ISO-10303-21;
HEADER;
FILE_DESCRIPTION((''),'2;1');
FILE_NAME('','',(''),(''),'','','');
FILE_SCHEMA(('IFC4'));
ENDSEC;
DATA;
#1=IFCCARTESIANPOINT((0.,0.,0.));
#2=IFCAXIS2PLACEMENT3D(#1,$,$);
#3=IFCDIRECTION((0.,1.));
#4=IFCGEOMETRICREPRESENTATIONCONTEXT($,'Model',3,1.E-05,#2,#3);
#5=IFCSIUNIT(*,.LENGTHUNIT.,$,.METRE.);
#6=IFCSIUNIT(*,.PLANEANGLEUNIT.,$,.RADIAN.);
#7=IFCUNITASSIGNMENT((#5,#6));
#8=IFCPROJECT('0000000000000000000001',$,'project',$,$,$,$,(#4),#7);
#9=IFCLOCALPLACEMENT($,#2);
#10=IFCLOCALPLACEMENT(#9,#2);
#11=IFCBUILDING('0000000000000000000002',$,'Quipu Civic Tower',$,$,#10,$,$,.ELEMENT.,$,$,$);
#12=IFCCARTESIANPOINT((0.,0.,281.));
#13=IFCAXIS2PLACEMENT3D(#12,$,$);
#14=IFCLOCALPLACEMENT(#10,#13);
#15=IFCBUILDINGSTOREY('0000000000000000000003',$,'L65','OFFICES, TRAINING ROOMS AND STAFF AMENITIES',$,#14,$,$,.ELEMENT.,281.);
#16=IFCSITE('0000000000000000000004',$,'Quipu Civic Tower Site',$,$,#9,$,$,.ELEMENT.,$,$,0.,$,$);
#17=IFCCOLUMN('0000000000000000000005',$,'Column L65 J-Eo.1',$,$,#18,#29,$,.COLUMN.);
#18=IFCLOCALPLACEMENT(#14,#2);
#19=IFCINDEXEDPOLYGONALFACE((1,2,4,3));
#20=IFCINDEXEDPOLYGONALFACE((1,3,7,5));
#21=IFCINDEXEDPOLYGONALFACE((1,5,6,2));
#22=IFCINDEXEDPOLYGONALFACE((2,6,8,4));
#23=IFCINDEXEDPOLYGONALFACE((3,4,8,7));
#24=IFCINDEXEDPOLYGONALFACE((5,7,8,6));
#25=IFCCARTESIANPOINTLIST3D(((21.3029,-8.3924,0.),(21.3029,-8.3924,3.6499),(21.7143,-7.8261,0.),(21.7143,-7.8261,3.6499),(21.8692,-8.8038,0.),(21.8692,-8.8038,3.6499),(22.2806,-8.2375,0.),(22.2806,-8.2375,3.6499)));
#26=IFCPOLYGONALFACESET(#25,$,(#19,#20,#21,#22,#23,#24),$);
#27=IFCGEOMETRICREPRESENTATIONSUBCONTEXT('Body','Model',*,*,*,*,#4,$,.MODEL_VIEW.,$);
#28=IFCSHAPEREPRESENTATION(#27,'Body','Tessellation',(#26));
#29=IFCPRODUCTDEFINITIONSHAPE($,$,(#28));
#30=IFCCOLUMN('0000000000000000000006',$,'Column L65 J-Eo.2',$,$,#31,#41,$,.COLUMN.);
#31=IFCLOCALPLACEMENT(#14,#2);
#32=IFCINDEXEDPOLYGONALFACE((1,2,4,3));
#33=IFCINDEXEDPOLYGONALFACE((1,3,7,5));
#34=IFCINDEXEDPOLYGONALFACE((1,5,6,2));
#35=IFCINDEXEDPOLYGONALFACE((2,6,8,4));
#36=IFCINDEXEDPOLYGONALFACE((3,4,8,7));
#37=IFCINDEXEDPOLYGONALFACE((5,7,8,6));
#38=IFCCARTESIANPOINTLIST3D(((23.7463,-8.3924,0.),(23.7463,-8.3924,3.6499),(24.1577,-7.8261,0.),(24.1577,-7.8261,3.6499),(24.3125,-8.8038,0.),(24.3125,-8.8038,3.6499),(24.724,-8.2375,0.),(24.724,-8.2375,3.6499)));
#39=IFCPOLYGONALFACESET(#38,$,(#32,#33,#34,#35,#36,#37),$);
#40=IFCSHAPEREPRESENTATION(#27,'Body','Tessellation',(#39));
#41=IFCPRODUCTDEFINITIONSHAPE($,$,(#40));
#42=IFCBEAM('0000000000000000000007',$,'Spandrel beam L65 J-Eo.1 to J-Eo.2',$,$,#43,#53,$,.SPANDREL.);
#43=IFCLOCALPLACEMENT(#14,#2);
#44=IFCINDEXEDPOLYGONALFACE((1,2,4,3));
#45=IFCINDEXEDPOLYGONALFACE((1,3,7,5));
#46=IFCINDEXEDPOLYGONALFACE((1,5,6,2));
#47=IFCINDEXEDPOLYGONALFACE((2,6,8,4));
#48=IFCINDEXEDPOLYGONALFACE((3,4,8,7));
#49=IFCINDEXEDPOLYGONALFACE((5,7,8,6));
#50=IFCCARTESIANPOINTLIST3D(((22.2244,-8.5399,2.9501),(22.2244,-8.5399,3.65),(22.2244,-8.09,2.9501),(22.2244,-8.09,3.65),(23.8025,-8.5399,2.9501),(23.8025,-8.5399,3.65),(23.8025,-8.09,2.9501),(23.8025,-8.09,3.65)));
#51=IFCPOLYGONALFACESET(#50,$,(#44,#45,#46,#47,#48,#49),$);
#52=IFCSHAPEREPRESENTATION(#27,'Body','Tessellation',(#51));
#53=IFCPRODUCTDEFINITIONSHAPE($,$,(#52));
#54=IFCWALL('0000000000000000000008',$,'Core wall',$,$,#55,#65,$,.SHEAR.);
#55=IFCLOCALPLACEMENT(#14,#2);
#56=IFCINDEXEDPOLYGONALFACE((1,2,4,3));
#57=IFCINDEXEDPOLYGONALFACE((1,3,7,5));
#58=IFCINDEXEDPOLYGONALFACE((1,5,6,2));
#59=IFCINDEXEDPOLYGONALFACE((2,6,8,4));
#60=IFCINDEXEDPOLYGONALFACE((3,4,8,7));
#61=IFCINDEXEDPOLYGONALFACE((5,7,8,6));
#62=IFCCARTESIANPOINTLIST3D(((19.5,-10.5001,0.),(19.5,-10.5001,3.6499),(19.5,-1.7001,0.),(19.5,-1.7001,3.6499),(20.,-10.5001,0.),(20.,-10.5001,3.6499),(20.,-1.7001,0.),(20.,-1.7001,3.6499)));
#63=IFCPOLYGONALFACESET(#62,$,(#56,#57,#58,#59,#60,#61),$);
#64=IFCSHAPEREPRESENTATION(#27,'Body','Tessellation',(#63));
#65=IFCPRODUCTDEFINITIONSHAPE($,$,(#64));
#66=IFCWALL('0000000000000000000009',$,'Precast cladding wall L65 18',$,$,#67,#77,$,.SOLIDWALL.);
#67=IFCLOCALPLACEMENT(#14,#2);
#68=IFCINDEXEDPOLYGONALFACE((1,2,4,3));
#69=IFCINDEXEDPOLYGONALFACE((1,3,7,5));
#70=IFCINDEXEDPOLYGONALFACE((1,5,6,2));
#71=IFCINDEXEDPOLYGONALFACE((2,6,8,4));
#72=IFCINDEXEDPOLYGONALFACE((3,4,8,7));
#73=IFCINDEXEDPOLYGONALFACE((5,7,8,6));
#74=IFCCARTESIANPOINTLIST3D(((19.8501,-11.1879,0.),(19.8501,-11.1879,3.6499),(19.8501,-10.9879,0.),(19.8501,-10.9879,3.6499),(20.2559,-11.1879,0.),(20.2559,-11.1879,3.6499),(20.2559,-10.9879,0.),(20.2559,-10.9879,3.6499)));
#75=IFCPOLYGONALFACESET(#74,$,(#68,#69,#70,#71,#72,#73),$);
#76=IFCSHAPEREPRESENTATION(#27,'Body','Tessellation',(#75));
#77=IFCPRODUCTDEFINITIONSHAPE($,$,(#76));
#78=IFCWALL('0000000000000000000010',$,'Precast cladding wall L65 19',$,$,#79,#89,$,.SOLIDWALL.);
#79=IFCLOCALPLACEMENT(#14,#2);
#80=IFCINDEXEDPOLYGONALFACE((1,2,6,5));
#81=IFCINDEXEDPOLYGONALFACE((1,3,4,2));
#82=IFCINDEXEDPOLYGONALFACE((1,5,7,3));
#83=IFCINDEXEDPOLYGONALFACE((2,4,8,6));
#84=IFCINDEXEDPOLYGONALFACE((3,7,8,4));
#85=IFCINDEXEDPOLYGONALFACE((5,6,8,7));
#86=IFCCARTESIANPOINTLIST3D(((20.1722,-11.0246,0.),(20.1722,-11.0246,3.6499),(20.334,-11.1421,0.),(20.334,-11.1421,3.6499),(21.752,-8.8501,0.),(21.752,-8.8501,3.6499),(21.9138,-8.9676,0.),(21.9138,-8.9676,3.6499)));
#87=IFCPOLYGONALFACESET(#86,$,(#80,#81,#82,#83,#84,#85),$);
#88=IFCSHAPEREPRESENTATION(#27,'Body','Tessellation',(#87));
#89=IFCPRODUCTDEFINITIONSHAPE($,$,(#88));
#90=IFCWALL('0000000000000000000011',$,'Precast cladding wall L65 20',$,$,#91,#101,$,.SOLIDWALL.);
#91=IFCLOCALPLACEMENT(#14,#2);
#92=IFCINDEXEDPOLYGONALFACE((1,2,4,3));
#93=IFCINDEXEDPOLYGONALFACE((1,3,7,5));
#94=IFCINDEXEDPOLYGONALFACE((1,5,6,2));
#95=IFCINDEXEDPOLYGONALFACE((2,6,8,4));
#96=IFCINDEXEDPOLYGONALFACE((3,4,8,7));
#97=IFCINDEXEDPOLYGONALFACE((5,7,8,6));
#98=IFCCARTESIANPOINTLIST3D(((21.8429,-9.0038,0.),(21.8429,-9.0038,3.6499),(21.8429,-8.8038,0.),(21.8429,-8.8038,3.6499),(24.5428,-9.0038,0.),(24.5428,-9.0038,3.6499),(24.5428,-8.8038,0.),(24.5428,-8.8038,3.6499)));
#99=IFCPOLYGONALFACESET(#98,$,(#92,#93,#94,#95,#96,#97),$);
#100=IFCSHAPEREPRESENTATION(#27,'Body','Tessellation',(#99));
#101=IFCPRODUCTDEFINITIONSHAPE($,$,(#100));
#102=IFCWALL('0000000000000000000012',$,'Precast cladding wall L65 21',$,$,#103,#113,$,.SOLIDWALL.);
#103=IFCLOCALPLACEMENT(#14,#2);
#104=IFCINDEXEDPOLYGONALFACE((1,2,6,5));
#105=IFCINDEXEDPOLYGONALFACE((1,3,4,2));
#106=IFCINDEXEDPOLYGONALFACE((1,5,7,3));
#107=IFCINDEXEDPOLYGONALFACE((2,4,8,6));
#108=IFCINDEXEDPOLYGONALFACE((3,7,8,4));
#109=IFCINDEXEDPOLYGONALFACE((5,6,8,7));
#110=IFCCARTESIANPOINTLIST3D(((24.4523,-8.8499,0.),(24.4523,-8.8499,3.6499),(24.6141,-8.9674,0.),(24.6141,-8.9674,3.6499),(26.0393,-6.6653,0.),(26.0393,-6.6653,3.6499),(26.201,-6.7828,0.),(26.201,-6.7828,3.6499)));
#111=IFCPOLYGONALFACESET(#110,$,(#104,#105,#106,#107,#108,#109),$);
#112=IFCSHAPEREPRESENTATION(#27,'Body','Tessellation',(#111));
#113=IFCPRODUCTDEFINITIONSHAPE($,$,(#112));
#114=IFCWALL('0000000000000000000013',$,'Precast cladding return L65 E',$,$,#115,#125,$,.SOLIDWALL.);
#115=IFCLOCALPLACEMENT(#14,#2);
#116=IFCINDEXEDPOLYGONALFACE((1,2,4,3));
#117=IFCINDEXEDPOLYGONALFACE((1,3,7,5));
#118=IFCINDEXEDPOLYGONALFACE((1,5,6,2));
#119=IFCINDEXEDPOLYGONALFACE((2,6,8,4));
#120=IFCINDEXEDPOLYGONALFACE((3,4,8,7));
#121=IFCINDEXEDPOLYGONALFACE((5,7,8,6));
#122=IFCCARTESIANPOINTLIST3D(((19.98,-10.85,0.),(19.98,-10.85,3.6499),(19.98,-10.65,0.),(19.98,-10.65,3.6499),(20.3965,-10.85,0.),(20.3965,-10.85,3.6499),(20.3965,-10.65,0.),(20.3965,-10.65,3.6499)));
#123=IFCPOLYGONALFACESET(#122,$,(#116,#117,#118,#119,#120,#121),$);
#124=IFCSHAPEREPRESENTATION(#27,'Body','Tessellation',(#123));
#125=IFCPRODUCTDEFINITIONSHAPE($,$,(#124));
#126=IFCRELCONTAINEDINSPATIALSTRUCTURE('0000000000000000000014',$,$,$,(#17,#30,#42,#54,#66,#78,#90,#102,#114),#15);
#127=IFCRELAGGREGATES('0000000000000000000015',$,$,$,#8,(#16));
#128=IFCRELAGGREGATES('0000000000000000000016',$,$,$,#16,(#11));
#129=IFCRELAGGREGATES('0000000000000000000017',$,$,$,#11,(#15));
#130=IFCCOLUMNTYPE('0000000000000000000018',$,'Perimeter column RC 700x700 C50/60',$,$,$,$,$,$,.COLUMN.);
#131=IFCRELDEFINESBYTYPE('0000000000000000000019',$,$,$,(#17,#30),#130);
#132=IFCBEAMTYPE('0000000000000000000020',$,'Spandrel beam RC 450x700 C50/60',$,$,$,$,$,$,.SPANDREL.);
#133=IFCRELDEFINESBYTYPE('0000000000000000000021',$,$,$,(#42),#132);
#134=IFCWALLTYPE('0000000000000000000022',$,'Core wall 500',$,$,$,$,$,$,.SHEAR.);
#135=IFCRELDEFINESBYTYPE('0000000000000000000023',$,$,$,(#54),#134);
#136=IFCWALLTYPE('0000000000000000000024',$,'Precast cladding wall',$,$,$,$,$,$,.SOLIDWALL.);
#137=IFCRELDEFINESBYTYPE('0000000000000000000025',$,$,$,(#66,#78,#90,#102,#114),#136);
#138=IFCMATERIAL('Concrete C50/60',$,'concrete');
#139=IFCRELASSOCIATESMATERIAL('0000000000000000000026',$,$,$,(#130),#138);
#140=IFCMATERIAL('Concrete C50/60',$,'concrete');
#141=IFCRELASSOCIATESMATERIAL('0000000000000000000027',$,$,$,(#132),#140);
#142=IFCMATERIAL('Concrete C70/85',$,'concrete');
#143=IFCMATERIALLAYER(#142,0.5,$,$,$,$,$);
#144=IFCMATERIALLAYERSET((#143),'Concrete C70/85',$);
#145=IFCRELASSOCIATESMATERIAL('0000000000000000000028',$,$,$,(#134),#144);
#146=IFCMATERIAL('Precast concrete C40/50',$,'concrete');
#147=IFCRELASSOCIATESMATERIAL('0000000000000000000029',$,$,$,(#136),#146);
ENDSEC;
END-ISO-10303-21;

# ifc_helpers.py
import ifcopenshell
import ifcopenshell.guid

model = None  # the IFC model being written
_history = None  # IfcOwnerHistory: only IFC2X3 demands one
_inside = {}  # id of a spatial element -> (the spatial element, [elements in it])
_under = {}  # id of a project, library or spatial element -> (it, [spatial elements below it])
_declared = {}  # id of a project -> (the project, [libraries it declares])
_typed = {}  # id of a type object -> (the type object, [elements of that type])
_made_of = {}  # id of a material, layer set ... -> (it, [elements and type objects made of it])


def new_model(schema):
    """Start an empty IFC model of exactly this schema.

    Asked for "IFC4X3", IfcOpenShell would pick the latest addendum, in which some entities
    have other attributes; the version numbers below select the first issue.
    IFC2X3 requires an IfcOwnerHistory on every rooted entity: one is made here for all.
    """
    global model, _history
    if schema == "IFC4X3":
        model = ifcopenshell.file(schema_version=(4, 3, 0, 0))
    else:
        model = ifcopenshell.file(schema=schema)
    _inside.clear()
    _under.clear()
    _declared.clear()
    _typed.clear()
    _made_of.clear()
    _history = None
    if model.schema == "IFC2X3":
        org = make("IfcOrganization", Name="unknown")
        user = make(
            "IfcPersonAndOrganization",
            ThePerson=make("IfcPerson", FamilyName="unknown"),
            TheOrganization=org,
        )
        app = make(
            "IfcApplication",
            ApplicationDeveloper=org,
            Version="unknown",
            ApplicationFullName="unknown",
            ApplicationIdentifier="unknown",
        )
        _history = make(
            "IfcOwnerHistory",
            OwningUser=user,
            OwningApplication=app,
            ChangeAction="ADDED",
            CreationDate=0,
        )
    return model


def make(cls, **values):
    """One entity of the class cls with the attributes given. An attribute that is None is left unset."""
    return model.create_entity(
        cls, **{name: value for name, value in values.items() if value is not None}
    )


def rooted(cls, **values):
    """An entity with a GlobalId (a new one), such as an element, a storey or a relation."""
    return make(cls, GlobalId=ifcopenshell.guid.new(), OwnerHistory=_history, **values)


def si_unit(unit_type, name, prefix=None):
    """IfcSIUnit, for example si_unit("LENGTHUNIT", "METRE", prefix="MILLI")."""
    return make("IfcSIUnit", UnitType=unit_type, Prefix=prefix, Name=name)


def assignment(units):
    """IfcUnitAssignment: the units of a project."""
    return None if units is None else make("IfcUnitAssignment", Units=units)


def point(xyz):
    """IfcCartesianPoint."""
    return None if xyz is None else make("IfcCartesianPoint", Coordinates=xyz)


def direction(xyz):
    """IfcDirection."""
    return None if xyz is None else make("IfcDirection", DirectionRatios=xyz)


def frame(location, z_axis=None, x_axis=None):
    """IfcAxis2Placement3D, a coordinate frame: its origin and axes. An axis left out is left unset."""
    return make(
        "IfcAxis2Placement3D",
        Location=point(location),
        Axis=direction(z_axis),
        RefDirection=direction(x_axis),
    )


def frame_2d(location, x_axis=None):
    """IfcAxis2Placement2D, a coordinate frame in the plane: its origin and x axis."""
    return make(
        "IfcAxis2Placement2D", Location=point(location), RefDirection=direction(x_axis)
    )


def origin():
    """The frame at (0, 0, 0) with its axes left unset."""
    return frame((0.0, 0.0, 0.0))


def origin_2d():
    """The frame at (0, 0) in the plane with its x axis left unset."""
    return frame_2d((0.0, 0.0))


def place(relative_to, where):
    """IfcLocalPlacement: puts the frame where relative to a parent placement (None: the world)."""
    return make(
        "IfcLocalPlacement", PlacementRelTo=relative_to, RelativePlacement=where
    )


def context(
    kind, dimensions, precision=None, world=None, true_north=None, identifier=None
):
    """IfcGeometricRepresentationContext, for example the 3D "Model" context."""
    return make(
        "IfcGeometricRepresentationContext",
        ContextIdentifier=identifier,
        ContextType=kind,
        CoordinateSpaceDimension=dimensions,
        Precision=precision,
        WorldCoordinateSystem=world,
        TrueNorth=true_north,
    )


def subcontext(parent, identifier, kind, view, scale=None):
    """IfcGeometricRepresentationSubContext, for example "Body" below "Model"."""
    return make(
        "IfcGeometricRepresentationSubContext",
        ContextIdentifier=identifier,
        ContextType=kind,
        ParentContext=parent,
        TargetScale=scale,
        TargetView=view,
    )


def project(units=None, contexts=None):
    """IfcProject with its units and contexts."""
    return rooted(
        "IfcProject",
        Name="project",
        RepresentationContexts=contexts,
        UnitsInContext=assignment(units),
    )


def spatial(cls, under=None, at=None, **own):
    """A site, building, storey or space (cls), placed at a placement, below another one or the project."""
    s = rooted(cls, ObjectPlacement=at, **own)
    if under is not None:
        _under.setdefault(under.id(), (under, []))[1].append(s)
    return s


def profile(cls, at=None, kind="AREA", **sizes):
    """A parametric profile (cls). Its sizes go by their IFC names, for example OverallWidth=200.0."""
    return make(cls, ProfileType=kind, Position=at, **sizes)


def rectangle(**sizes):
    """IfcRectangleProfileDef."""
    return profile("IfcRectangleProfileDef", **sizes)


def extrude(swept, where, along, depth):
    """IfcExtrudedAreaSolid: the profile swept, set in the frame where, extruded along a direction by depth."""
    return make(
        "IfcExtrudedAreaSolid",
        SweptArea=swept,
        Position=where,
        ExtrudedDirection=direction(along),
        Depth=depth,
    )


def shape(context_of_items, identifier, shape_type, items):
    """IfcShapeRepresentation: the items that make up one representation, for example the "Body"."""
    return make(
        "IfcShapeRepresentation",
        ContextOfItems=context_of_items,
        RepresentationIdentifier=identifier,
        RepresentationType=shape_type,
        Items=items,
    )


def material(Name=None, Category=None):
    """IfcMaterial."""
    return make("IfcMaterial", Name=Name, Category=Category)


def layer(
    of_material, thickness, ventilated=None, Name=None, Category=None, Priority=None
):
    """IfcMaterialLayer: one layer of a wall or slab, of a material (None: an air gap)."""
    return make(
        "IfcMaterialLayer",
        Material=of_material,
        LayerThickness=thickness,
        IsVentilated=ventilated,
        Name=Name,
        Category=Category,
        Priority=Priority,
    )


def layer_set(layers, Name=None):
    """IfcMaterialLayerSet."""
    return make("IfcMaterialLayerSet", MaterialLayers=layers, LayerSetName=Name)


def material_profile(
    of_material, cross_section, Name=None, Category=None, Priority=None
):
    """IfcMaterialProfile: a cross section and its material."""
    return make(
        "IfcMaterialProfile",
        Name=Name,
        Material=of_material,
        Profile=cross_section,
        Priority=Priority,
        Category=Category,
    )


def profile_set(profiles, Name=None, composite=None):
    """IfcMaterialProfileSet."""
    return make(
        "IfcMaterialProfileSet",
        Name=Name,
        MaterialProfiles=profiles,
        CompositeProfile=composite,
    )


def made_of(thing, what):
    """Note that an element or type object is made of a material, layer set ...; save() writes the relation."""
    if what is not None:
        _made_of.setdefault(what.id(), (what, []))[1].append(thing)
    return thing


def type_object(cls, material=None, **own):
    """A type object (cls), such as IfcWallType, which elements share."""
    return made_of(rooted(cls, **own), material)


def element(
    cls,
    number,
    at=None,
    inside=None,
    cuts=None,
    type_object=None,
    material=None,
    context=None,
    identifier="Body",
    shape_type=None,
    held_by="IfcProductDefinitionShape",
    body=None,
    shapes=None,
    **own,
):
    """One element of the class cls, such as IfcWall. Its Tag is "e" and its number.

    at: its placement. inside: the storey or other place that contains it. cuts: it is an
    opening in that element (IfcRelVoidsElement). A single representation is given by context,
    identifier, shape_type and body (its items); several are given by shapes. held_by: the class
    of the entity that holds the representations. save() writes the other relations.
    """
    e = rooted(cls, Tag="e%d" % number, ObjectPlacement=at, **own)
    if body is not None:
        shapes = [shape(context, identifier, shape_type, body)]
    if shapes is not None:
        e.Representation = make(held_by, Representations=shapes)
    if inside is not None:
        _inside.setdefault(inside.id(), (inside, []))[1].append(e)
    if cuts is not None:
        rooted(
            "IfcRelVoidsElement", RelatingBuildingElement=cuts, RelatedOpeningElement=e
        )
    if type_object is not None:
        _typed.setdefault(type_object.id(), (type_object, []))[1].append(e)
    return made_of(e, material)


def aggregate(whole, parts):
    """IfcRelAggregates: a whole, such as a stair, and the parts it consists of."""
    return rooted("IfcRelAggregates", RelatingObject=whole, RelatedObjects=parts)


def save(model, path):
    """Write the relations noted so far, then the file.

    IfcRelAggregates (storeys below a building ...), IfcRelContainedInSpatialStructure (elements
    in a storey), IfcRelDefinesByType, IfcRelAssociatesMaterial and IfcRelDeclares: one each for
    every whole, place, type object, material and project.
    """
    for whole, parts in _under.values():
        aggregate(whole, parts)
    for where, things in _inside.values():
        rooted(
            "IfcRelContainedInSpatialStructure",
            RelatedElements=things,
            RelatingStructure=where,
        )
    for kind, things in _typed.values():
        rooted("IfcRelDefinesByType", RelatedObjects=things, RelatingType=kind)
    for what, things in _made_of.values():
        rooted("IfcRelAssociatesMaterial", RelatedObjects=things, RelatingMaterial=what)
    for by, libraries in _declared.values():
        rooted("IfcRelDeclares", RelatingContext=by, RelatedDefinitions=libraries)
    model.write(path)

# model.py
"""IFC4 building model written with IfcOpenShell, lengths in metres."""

from ifc_helpers import new_model, si_unit, direction, frame, frame_2d, origin, origin_2d, place, context, subcontext, project, spatial, rectangle, extrude, material, layer, layer_set, material_profile, profile_set, type_object, element, save


model = new_model("IFC4")

# Units and contexts
model_context = context("Model", 3, precision=1e-05, world=origin(), true_north=direction((0.0, 1.0)))
body_context = subcontext(model_context, "Body", "Model", "MODEL_VIEW")
ifc_project = project(units=[si_unit("LENGTHUNIT", "METRE"), si_unit("PLANEANGLEUNIT", "RADIAN")], contexts=[model_context])

# Site, building, storey
site_placement = place(None, origin())
site = spatial("IfcSite", under=ifc_project, at=site_placement, Name="Quipu Civic Tower Site", CompositionType="ELEMENT", RefElevation=0.0)
building_placement = place(site_placement, origin())
building = spatial("IfcBuilding", under=site, at=building_placement, Name="Quipu Civic Tower", CompositionType="ELEMENT")
storey_placement = place(building_placement, frame((0.0, 0.0, 281.0)))
storey = spatial("IfcBuildingStorey", under=building, at=storey_placement, Name="L65", Description="OFFICES, TRAINING ROOMS AND STAFF AMENITIES", CompositionType="ELEMENT", Elevation=281.0)

# Columns
ifc_material_1 = material(Name="Concrete C50/60", Category="concrete")
ifc_material_profile_1 = material_profile(ifc_material_1, rectangle(XDim=0.7, YDim=0.7, at=origin_2d()), Name="RC700x700")
ifc_profile_set_1 = profile_set([ifc_material_profile_1], Name="Concrete C50/60")
column_type = type_object("IfcColumnType", Name="Perimeter column RC 700x700 C50/60", PredefinedType="COLUMN", material=ifc_profile_set_1)
for number, where, z_axis, x_axis, name in (
    (1, (21.7917, -8.3149, 0.0), (0.0, 0.0, 1.0), (0.587785, 0.809017, 0.0), "Column L65 J-Eo.1"),
    (2, (24.2351, -8.3149, 0.0), (0.0, 0.0, 1.0), (0.587785, 0.809017, 0.0), "Column L65 J-Eo.2"),
):
    element("IfcColumn", number, at=place(storey_placement, frame(where, z_axis=z_axis, x_axis=x_axis)), inside=storey, type_object=column_type, Name=name, PredefinedType="COLUMN", context=body_context, shape_type="SweptSolid", body=[
        extrude(rectangle(XDim=0.7, YDim=0.7, at=origin_2d()), origin(), (0.0, 0.0, 1.0), 3.6499),
    ])

# Beam
ifc_material_2 = material(Name="Concrete C50/60", Category="concrete")
ifc_material_profile_2 = material_profile(ifc_material_2, rectangle(XDim=0.45, YDim=0.7, at=origin_2d()), Name="RC450x700")
ifc_profile_set_2 = profile_set([ifc_material_profile_2], Name="Concrete C50/60")
beam_type = type_object("IfcBeamType", Name="Spandrel beam RC 450x700 C50/60", PredefinedType="SPANDREL", material=ifc_profile_set_2)
beam_placement = place(storey_placement, frame((22.2244, -8.3149, 3.3), z_axis=(1.0, 0.0, 0.0), x_axis=(0.0, 1.0, 0.0)))
element("IfcBeam", 3, at=beam_placement, inside=storey, type_object=beam_type, Name="Spandrel beam L65 J-Eo.1 to J-Eo.2", PredefinedType="SPANDREL", context=body_context, shape_type="SweptSolid", body=[
    extrude(rectangle(XDim=0.45, YDim=0.7, at=origin_2d()), origin(), (0.0, 0.0, 1.0), 1.5781),
])

# Walls
ifc_material_3 = material(Name="Concrete C70/85", Category="concrete")
ifc_layer = layer(ifc_material_3, 0.5)
ifc_layer_set = layer_set([ifc_layer], Name="Concrete C70/85")
wall_type_1 = type_object("IfcWallType", Name="Core wall 500", PredefinedType="SHEAR", material=ifc_layer_set)
wall_1_placement = place(storey_placement, frame((19.75, -10.5, 0.0), z_axis=(0.0, 0.0, 1.0), x_axis=(0.0, 1.0, 0.0)))
element("IfcWall", 4, at=wall_1_placement, inside=storey, type_object=wall_type_1, Name="Core wall", PredefinedType="SHEAR", context=body_context, shape_type="SweptSolid", body=[
    extrude(rectangle(XDim=8.8, YDim=0.5, at=frame_2d((4.3999, 0.0))), origin(), (0.0, 0.0, 1.0), 3.6499),
])
ifc_material_4 = material(Name="Precast concrete C40/50", Category="concrete")
wall_type_2 = type_object("IfcWallType", Name="Precast cladding wall", PredefinedType="SOLIDWALL", material=ifc_material_4)
wall_2_placement = place(storey_placement, frame((19.8501, -11.0879, 0.0), z_axis=(0.0, 0.0, 1.0), x_axis=(1.0, 0.0, 0.0)))
element("IfcWall", 5, at=wall_2_placement, inside=storey, type_object=wall_type_2, Name="Precast cladding wall L65 18", PredefinedType="SOLIDWALL", context=body_context, shape_type="SweptSolid", body=[
    extrude(rectangle(XDim=0.4058, YDim=0.2, at=frame_2d((0.2029, 0.0))), origin(), (0.0, 0.0, 1.0), 3.6499),
])
wall_3_placement = place(storey_placement, frame((20.2532, -11.0833, 0.0), z_axis=(0.0, 0.0, 1.0), x_axis=(0.587767, 0.809031, 0.0)))
element("IfcWall", 6, at=wall_3_placement, inside=storey, type_object=wall_type_2, Name="Precast cladding wall L65 19", PredefinedType="SOLIDWALL", context=body_context, shape_type="SweptSolid", body=[
    extrude(rectangle(XDim=2.6877, YDim=0.2, at=frame_2d((1.3438, 0.0))), origin(), (0.0, 0.0, 1.0), 3.6499),
])
wall_4_placement = place(storey_placement, frame((21.8428, -8.9038, 0.0), z_axis=(0.0, 0.0, 1.0), x_axis=(1.0, 0.0, 0.0)))
element("IfcWall", 7, at=wall_4_placement, inside=storey, type_object=wall_type_2, Name="Precast cladding wall L65 20", PredefinedType="SOLIDWALL", context=body_context, shape_type="SweptSolid", body=[
    extrude(rectangle(XDim=2.7, YDim=0.2, at=frame_2d((1.3501, 0.0))), origin(), (0.0, 0.0, 1.0), 3.6499),
])
wall_5_placement = place(storey_placement, frame((24.5332, -8.9087, 0.0), z_axis=(0.0, 0.0, 1.0), x_axis=(0.58772, 0.809064, 0.0)))
element("IfcWall", 8, at=wall_5_placement, inside=storey, type_object=wall_type_2, Name="Precast cladding wall L65 21", PredefinedType="SOLIDWALL", context=body_context, shape_type="SweptSolid", body=[
    extrude(rectangle(XDim=2.7002, YDim=0.2, at=frame_2d((1.3501, 0.0))), origin(), (0.0, 0.0, 1.0), 3.6499),
])
wall_6_placement = place(storey_placement, frame((19.98, -10.75, 0.0), z_axis=(0.0, 0.0, 1.0), x_axis=(1.0, 0.0, 0.0)))
element("IfcWall", 9, at=wall_6_placement, inside=storey, type_object=wall_type_2, Name="Precast cladding return L65 E", PredefinedType="SOLIDWALL", context=body_context, shape_type="SweptSolid", body=[
    extrude(rectangle(XDim=0.4165, YDim=0.2, at=frame_2d((0.2083, 0.0))), origin(), (0.0, 0.0, 1.0), 3.6499),
])

save(model, "model.ifc")
